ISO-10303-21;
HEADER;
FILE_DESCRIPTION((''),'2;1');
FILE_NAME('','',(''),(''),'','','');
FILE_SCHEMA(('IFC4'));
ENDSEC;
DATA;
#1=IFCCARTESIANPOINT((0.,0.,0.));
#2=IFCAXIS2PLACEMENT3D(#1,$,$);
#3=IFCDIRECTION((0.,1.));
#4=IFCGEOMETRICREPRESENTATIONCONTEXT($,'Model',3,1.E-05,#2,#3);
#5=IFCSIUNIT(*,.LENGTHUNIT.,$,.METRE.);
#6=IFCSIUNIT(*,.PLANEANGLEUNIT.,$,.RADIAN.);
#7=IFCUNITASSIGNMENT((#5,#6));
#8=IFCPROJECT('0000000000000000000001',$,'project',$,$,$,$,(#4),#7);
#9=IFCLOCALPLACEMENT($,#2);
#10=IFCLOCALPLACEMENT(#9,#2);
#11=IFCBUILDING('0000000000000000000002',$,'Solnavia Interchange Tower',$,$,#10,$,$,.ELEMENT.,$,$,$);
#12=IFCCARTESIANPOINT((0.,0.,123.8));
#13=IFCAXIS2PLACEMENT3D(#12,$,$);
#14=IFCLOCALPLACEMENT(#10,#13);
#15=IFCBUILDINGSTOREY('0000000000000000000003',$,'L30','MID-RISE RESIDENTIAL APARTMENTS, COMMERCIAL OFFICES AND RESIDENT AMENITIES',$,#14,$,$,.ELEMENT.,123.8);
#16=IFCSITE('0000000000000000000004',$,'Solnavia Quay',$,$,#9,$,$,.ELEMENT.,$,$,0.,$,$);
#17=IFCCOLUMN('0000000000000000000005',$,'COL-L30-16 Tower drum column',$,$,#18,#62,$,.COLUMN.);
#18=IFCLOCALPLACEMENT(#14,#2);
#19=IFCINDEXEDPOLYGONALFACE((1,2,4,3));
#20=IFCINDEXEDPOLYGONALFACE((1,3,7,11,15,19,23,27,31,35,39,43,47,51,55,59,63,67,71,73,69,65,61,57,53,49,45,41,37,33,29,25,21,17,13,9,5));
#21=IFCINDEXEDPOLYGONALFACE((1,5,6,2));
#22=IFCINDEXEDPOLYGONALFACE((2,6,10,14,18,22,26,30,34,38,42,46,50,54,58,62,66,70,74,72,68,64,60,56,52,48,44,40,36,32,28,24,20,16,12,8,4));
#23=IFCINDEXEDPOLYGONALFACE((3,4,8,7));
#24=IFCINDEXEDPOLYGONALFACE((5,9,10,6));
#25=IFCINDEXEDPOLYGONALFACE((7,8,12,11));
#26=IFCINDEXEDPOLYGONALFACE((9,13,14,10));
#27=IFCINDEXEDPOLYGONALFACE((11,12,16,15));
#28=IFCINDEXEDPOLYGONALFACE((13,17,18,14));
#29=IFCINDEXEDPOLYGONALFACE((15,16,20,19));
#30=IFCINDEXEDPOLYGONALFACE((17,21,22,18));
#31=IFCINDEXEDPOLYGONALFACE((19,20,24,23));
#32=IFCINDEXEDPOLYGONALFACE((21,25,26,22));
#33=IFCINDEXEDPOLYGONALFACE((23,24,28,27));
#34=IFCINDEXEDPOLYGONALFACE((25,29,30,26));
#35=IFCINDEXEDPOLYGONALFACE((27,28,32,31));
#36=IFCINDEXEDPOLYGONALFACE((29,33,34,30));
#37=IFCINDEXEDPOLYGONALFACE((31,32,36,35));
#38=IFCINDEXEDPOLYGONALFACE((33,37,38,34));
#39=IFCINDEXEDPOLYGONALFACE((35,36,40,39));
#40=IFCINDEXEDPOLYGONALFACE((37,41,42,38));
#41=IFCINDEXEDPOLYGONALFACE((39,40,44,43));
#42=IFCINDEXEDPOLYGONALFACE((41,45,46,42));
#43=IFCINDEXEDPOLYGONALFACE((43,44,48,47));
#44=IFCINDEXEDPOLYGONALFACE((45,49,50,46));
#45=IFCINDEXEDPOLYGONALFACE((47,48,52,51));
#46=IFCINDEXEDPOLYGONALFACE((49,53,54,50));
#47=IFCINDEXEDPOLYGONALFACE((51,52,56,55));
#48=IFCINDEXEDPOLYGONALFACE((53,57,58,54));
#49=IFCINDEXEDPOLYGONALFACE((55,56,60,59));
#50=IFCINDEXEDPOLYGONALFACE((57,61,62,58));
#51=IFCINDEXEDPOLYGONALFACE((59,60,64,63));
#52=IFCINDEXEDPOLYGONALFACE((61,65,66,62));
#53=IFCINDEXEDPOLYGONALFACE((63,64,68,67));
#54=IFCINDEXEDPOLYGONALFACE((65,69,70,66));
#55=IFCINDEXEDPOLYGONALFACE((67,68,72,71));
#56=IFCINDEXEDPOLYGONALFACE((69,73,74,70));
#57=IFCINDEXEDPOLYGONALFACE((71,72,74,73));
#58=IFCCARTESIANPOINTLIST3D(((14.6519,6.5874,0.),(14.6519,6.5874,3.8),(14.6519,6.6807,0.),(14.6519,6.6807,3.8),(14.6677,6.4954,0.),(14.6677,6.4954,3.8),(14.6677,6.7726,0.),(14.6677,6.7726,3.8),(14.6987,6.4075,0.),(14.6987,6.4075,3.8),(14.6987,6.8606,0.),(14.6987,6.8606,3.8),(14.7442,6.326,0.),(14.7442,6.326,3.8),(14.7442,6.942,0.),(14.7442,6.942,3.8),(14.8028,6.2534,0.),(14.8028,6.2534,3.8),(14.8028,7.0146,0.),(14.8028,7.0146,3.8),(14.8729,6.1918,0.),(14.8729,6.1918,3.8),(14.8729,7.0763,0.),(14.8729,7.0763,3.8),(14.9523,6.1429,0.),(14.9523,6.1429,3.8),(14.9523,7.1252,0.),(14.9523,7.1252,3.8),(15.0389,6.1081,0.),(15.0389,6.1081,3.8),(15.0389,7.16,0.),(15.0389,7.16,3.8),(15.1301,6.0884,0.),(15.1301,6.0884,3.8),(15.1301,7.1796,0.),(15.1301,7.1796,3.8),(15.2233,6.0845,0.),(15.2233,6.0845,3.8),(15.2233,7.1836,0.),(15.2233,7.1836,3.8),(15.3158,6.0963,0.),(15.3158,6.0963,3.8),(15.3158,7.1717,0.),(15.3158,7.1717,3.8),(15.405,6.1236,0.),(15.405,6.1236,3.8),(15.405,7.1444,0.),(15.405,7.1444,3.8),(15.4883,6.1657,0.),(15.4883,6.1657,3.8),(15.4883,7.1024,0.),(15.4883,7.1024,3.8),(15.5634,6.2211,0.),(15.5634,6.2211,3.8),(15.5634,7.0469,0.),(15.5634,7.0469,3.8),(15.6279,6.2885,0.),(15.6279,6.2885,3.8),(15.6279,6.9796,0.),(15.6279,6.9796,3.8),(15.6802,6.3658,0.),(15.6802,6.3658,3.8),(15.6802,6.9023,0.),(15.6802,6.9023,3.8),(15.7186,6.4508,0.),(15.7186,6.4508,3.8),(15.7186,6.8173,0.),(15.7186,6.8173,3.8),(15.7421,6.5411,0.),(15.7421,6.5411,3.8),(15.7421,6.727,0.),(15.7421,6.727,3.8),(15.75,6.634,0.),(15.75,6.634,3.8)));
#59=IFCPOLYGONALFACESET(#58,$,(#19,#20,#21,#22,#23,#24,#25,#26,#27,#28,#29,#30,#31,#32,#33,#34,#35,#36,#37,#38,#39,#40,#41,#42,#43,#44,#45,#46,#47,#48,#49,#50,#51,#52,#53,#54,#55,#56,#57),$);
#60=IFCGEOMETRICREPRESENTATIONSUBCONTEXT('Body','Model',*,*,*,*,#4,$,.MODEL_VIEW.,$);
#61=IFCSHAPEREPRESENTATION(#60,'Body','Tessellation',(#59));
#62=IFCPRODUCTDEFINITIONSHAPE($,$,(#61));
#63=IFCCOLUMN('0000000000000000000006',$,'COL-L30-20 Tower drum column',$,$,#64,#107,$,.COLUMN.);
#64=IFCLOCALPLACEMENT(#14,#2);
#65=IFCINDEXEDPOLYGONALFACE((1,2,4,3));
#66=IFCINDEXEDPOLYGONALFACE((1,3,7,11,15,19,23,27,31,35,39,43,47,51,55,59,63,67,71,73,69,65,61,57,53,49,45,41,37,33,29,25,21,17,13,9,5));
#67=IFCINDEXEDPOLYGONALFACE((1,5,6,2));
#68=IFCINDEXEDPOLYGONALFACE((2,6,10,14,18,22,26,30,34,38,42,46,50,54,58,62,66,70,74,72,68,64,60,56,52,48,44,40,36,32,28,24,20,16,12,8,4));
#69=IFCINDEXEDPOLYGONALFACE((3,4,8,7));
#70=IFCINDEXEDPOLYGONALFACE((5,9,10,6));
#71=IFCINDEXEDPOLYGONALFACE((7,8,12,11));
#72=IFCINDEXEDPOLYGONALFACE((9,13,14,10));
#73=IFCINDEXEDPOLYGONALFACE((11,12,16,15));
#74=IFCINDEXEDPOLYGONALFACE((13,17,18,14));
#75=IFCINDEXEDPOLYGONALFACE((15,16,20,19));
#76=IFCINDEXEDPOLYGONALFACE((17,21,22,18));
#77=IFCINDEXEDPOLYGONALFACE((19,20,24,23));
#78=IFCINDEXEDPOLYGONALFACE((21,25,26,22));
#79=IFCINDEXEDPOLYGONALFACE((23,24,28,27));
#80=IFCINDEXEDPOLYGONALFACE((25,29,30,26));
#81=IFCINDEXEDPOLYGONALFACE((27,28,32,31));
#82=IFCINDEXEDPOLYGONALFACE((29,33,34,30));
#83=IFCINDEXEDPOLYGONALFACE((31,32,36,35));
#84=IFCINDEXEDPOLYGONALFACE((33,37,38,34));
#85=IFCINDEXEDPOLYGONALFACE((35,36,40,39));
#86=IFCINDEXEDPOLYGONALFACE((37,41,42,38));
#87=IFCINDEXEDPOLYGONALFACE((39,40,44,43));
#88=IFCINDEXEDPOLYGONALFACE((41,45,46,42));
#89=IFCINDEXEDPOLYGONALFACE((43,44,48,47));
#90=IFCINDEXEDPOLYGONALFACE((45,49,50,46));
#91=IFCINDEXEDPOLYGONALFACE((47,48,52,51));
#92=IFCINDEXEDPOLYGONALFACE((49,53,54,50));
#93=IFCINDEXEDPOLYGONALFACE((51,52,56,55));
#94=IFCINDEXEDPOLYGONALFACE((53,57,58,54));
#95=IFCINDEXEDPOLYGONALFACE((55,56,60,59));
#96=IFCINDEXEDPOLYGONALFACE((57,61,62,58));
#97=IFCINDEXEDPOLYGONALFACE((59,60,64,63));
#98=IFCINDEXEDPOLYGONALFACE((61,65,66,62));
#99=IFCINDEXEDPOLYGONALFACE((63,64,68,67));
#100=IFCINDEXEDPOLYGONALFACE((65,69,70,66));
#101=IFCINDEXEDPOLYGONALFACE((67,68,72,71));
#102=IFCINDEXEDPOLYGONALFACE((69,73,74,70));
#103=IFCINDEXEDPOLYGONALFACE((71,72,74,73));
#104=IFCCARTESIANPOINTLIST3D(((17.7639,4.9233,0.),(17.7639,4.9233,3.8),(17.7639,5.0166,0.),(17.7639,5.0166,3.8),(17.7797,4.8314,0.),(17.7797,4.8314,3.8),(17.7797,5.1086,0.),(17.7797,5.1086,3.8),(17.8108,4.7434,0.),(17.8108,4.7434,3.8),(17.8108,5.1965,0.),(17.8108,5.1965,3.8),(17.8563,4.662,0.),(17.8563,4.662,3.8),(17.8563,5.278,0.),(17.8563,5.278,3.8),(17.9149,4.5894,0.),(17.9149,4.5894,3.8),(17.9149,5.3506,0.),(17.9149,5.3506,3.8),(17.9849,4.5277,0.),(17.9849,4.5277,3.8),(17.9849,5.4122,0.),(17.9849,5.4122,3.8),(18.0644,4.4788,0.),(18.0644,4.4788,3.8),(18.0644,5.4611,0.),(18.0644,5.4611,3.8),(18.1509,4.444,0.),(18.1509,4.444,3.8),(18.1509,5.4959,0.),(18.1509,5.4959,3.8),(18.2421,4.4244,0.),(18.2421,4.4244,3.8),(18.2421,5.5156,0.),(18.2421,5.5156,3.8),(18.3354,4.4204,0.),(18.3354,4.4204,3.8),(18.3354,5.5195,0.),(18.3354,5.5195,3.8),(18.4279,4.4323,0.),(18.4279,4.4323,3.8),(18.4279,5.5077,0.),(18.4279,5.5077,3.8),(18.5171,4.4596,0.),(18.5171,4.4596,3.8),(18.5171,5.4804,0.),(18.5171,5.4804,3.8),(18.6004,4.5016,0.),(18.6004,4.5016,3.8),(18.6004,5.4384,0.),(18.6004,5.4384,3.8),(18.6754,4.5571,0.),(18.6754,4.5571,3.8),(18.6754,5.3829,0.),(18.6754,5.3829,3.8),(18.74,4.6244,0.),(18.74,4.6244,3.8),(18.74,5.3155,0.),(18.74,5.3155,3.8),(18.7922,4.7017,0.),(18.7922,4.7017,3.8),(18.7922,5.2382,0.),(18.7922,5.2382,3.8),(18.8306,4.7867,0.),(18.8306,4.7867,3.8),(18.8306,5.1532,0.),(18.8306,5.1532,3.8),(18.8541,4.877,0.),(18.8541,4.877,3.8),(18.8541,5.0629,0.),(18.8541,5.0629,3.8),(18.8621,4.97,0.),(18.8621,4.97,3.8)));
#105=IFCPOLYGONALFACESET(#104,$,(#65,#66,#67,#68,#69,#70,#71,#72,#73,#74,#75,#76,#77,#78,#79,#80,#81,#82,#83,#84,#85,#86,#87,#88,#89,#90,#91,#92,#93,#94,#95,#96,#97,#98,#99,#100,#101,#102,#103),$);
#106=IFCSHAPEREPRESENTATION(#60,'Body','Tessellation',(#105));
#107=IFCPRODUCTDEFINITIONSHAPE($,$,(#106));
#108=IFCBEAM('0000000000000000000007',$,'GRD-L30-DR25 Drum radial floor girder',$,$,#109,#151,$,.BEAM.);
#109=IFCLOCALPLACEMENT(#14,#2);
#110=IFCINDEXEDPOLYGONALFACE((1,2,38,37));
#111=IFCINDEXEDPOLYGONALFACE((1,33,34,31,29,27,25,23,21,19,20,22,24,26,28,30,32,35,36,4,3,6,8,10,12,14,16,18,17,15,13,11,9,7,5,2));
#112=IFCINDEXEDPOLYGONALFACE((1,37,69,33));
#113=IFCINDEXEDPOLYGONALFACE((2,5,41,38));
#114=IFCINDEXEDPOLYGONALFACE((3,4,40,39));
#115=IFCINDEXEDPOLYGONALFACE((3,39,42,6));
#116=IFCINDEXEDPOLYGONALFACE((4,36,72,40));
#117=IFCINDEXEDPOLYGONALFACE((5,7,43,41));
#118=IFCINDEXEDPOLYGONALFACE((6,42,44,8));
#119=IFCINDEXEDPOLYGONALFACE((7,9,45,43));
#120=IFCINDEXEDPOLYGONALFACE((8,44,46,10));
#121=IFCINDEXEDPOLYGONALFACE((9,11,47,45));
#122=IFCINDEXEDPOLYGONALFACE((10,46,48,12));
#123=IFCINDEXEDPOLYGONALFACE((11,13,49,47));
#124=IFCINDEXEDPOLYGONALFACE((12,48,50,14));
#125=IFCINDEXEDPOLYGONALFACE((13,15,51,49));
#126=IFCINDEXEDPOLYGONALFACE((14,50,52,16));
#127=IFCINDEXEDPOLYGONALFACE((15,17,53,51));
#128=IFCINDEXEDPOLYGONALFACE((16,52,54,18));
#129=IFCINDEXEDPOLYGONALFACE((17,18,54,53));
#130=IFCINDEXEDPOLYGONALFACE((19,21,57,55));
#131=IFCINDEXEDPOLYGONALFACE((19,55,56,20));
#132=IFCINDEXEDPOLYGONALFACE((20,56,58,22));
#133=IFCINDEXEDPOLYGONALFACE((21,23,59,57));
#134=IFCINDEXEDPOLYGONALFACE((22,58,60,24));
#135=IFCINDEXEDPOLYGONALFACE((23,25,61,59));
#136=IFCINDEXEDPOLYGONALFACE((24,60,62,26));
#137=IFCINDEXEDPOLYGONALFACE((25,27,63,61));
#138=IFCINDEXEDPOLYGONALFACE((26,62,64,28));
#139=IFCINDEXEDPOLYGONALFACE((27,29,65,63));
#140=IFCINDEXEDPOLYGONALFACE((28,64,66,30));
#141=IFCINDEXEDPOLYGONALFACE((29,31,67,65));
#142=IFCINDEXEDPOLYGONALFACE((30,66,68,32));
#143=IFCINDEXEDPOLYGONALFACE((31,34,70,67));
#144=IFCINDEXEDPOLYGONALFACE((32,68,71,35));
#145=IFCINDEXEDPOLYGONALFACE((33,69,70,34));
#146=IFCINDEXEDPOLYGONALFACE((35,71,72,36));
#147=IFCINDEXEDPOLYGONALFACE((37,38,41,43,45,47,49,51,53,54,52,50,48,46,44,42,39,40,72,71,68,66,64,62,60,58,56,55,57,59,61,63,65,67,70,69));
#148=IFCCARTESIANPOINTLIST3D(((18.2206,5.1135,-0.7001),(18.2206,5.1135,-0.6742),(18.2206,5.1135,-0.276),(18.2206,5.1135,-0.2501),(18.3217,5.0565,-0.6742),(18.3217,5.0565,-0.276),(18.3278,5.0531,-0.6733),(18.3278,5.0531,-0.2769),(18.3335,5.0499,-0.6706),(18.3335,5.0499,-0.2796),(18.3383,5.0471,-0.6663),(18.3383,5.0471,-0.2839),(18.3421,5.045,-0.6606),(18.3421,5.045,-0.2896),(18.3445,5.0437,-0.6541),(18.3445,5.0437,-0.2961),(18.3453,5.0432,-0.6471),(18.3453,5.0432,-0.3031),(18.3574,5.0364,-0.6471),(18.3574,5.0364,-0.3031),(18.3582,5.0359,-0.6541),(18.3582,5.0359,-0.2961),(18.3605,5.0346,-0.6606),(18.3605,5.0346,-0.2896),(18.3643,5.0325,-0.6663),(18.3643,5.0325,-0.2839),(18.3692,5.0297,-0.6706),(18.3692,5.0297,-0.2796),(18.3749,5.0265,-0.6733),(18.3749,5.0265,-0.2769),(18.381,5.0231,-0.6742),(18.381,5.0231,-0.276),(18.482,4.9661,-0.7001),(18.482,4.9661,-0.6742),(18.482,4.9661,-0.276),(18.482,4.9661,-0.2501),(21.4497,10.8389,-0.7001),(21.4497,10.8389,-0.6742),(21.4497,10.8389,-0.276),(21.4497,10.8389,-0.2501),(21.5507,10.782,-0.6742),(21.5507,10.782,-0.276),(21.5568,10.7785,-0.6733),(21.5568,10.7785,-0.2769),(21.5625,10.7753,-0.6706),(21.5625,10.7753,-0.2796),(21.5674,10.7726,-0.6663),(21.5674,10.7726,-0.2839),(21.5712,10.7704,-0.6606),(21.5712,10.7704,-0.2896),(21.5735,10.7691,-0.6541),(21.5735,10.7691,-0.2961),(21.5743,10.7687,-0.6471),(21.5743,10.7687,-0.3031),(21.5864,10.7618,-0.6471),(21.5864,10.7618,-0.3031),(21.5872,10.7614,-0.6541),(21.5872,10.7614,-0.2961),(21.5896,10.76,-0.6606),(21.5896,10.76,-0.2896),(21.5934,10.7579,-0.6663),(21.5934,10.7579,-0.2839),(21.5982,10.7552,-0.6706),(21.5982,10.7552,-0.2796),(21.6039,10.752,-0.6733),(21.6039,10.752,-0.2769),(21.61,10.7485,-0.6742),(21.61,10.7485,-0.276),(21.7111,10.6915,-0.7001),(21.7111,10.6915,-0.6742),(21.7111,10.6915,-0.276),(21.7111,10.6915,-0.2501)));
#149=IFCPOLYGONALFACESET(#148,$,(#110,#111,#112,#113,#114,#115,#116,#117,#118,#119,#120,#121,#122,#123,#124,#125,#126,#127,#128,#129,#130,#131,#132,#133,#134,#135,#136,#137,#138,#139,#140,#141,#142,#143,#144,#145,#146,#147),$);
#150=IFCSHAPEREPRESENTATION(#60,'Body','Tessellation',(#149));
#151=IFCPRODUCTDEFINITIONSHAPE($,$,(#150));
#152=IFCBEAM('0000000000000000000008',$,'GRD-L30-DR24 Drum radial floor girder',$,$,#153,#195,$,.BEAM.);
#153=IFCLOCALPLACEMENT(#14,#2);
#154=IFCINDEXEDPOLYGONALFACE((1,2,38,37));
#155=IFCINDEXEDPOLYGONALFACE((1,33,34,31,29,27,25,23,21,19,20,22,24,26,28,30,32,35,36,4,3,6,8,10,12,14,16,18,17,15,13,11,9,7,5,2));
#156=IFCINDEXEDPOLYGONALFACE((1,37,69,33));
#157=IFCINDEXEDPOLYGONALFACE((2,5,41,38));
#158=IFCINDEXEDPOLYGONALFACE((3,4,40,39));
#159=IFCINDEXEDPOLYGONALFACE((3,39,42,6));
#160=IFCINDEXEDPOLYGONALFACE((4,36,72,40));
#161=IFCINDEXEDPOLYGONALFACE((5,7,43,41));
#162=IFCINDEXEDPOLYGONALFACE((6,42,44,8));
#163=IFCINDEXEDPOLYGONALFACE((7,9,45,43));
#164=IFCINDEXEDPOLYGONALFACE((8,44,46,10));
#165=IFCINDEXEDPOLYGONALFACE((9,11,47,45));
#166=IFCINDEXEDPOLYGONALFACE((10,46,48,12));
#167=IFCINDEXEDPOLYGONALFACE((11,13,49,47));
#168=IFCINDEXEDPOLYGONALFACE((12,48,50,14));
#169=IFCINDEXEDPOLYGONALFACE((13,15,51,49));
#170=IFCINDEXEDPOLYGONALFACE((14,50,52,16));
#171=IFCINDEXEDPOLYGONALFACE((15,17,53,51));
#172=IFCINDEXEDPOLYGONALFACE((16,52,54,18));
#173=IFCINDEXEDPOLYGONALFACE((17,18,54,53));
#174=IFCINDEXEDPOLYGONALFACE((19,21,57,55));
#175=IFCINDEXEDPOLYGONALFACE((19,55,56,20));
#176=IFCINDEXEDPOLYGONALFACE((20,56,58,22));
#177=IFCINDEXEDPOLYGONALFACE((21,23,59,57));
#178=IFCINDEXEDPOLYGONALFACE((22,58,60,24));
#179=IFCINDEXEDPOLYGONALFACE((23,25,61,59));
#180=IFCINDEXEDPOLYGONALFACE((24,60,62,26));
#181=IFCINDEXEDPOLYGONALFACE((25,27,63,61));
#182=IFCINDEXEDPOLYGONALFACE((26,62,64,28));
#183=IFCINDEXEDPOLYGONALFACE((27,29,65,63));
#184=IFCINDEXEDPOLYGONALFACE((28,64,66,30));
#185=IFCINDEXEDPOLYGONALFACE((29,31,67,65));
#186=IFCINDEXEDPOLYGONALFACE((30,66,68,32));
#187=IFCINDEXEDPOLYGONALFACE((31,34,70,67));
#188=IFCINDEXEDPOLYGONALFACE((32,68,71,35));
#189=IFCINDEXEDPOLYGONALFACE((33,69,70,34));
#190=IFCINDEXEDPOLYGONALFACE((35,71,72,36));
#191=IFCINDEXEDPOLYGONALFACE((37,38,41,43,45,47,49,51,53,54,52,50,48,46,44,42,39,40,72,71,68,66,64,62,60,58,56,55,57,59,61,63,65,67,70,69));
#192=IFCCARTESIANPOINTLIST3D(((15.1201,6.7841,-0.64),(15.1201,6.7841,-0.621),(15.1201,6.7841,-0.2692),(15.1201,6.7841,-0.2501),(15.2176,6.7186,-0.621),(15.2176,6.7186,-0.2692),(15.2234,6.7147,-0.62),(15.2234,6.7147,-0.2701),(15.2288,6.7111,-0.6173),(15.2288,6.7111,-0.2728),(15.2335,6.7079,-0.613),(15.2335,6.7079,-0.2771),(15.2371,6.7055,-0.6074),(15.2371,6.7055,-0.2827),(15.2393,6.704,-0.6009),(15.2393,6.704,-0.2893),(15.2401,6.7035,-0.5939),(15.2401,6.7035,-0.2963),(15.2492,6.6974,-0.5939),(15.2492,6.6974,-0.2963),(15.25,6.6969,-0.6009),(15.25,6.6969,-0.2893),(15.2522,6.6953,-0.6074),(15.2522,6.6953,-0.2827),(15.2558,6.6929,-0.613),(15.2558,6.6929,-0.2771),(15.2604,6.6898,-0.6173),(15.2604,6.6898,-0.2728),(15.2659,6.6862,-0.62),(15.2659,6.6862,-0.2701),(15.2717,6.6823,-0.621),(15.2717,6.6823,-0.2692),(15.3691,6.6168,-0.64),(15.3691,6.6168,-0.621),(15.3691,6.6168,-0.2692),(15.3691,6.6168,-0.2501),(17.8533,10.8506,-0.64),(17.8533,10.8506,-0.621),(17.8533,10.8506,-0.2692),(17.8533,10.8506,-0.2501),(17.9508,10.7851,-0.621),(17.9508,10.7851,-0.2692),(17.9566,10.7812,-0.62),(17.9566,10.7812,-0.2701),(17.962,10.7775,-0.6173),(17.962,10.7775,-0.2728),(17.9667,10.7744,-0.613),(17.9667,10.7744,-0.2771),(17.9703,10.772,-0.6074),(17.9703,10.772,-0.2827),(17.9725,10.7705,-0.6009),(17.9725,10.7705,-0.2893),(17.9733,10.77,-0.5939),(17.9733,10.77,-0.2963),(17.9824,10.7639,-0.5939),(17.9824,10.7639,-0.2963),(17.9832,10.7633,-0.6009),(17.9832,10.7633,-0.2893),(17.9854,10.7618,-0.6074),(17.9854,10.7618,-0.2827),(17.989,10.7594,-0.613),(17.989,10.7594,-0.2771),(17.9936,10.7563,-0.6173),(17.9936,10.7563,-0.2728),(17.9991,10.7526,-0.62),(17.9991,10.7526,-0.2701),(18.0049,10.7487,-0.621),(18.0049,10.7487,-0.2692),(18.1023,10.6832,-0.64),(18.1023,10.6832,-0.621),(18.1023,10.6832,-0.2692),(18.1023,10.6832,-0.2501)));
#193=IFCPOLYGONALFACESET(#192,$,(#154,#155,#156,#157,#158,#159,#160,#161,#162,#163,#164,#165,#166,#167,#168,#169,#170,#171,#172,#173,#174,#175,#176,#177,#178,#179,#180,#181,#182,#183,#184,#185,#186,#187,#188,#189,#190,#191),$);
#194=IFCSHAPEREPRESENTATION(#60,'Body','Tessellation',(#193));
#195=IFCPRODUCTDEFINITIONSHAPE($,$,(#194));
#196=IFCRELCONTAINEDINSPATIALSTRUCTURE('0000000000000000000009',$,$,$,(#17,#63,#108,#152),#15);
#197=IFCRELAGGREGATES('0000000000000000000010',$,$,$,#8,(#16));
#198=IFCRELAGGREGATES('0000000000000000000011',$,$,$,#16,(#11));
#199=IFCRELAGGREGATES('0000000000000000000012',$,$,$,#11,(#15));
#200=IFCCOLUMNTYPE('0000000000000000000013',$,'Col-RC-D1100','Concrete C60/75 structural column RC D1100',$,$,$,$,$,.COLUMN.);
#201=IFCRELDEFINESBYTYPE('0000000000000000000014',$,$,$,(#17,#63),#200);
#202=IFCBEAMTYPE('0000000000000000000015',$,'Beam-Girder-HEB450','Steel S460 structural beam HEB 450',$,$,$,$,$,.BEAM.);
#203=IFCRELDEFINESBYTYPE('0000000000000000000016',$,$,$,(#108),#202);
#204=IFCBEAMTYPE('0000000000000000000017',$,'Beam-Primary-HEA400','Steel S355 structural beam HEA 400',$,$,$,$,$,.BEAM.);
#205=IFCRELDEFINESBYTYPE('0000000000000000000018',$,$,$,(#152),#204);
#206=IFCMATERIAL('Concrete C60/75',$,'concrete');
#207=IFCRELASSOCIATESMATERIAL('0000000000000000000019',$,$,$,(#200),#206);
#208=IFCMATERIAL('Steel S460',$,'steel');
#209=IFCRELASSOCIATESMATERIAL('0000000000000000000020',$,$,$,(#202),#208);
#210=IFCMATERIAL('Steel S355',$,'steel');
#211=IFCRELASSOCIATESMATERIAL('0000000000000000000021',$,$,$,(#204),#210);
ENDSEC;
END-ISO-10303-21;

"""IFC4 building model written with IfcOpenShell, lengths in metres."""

from ifc_helpers import new_model, si_unit, direction, frame, origin, origin_2d, place, context, subcontext, project, spatial, circle, i_section, extrude, material, material_profile, profile_set, type_object, element, save


model = new_model("IFC4")

# Units and contexts
model_context = context("Model", 3, precision=1e-05, world=origin(), true_north=direction((0.0, 1.0)))
body_context = subcontext(model_context, "Body", "Model", "MODEL_VIEW")
ifc_project = project(units=[si_unit("LENGTHUNIT", "METRE"), si_unit("PLANEANGLEUNIT", "RADIAN")], contexts=[model_context])

# Site, building, storey
site_placement = place(None, origin())
site = spatial("IfcSite", under=ifc_project, at=site_placement, Name="Solnavia Quay", CompositionType="ELEMENT", RefElevation=0.0)
building_placement = place(site_placement, origin())
building = spatial("IfcBuilding", under=site, at=building_placement, Name="Solnavia Interchange Tower", CompositionType="ELEMENT")
storey_placement = place(building_placement, frame((0.0, 0.0, 123.8)))
storey = spatial("IfcBuildingStorey", under=building, at=storey_placement, Name="L30", Description="MID-RISE RESIDENTIAL APARTMENTS, COMMERCIAL OFFICES AND RESIDENT AMENITIES", CompositionType="ELEMENT", Elevation=123.8)

# Columns
ifc_material_1 = material(Name="Concrete C60/75", Category="concrete")
ifc_material_profile_1 = material_profile(ifc_material_1, circle(Radius=0.55, at=origin_2d()), Name="RC D1100")
ifc_profile_set_1 = profile_set([ifc_material_profile_1], Name="Concrete C60/75")
column_type = type_object("IfcColumnType", Name="Col-RC-D1100", Description="Concrete C60/75 structural column RC D1100", PredefinedType="COLUMN", material=ifc_profile_set_1)
for number, where, z_axis, x_axis, name in (
    (1, (15.2, 6.634, 0.0), (0.0, 0.0, 1.0), (1.0, 0.0, 0.0), "COL-L30-16 Tower drum column"),
    (2, (18.312, 4.97, 0.0), (0.0, 0.0, 1.0), (1.0, 0.0, 0.0), "COL-L30-20 Tower drum column"),
):
    element("IfcColumn", number, at=place(storey_placement, frame(where, z_axis=z_axis, x_axis=x_axis)), inside=storey, type_object=column_type, Name=name, PredefinedType="COLUMN", context=body_context, shape_type="SweptSolid", body=[
        extrude(circle(Radius=0.55, at=origin_2d()), origin(), (0.0, 0.0, 1.0), 3.8),
    ])

# Beams
ifc_material_2 = material(Name="Steel S460", Category="steel")
ifc_material_profile_2 = material_profile(ifc_material_2, i_section(OverallWidth=0.3, OverallDepth=0.45, WebThickness=0.0139, FlangeThickness=0.0259, FilletRadius=0.0271, at=origin_2d()), Name="HEB 450")
ifc_profile_set_2 = profile_set([ifc_material_profile_2], Name="Steel S460")
beam_type_1 = type_object("IfcBeamType", Name="Beam-Girder-HEB450", Description="Steel S460 structural beam HEB 450", PredefinedType="BEAM", material=ifc_profile_set_2)
beam_1_placement = place(storey_placement, frame((18.3513, 5.0398, -0.4751), z_axis=(0.491243, 0.871022, 0.0), x_axis=(-0.871022, 0.491243, 0.0)))
element("IfcBeam", 3, at=beam_1_placement, inside=storey, type_object=beam_type_1, Name="GRD-L30-DR25 Drum radial floor girder", PredefinedType="BEAM", context=body_context, shape_type="SweptSolid", body=[
    extrude(i_section(OverallWidth=0.3, OverallDepth=0.45, WebThickness=0.0139, FlangeThickness=0.0259, FilletRadius=0.0271, at=origin_2d()), origin(), (0.0, 0.0, 1.0), 6.5732),
])
ifc_material_3 = material(Name="Steel S355", Category="steel")
ifc_material_profile_3 = material_profile(ifc_material_3, i_section(OverallWidth=0.3, OverallDepth=0.3899, WebThickness=0.011, FlangeThickness=0.019, FilletRadius=0.0271, at=origin_2d()), Name="HEA 400")
ifc_profile_set_3 = profile_set([ifc_material_profile_3], Name="Steel S355")
beam_type_2 = type_object("IfcBeamType", Name="Beam-Primary-HEA400", Description="Steel S355 structural beam HEA 400", PredefinedType="BEAM", material=ifc_profile_set_3)
beam_2_placement = place(storey_placement, frame((15.2446, 6.7004, -0.4451), z_axis=(0.557835, 0.829952, 0.0), x_axis=(-0.829952, 0.557835, 0.0)))
element("IfcBeam", 4, at=beam_2_placement, inside=storey, type_object=beam_type_2, Name="GRD-L30-DR24 Drum radial floor girder", PredefinedType="BEAM", context=body_context, shape_type="SweptSolid", body=[
    extrude(i_section(OverallWidth=0.3, OverallDepth=0.3899, WebThickness=0.011, FlangeThickness=0.019, FilletRadius=0.0271, at=origin_2d()), origin(), (0.0, 0.0, 1.0), 4.8997),
])

save(model, "model.ifc")
